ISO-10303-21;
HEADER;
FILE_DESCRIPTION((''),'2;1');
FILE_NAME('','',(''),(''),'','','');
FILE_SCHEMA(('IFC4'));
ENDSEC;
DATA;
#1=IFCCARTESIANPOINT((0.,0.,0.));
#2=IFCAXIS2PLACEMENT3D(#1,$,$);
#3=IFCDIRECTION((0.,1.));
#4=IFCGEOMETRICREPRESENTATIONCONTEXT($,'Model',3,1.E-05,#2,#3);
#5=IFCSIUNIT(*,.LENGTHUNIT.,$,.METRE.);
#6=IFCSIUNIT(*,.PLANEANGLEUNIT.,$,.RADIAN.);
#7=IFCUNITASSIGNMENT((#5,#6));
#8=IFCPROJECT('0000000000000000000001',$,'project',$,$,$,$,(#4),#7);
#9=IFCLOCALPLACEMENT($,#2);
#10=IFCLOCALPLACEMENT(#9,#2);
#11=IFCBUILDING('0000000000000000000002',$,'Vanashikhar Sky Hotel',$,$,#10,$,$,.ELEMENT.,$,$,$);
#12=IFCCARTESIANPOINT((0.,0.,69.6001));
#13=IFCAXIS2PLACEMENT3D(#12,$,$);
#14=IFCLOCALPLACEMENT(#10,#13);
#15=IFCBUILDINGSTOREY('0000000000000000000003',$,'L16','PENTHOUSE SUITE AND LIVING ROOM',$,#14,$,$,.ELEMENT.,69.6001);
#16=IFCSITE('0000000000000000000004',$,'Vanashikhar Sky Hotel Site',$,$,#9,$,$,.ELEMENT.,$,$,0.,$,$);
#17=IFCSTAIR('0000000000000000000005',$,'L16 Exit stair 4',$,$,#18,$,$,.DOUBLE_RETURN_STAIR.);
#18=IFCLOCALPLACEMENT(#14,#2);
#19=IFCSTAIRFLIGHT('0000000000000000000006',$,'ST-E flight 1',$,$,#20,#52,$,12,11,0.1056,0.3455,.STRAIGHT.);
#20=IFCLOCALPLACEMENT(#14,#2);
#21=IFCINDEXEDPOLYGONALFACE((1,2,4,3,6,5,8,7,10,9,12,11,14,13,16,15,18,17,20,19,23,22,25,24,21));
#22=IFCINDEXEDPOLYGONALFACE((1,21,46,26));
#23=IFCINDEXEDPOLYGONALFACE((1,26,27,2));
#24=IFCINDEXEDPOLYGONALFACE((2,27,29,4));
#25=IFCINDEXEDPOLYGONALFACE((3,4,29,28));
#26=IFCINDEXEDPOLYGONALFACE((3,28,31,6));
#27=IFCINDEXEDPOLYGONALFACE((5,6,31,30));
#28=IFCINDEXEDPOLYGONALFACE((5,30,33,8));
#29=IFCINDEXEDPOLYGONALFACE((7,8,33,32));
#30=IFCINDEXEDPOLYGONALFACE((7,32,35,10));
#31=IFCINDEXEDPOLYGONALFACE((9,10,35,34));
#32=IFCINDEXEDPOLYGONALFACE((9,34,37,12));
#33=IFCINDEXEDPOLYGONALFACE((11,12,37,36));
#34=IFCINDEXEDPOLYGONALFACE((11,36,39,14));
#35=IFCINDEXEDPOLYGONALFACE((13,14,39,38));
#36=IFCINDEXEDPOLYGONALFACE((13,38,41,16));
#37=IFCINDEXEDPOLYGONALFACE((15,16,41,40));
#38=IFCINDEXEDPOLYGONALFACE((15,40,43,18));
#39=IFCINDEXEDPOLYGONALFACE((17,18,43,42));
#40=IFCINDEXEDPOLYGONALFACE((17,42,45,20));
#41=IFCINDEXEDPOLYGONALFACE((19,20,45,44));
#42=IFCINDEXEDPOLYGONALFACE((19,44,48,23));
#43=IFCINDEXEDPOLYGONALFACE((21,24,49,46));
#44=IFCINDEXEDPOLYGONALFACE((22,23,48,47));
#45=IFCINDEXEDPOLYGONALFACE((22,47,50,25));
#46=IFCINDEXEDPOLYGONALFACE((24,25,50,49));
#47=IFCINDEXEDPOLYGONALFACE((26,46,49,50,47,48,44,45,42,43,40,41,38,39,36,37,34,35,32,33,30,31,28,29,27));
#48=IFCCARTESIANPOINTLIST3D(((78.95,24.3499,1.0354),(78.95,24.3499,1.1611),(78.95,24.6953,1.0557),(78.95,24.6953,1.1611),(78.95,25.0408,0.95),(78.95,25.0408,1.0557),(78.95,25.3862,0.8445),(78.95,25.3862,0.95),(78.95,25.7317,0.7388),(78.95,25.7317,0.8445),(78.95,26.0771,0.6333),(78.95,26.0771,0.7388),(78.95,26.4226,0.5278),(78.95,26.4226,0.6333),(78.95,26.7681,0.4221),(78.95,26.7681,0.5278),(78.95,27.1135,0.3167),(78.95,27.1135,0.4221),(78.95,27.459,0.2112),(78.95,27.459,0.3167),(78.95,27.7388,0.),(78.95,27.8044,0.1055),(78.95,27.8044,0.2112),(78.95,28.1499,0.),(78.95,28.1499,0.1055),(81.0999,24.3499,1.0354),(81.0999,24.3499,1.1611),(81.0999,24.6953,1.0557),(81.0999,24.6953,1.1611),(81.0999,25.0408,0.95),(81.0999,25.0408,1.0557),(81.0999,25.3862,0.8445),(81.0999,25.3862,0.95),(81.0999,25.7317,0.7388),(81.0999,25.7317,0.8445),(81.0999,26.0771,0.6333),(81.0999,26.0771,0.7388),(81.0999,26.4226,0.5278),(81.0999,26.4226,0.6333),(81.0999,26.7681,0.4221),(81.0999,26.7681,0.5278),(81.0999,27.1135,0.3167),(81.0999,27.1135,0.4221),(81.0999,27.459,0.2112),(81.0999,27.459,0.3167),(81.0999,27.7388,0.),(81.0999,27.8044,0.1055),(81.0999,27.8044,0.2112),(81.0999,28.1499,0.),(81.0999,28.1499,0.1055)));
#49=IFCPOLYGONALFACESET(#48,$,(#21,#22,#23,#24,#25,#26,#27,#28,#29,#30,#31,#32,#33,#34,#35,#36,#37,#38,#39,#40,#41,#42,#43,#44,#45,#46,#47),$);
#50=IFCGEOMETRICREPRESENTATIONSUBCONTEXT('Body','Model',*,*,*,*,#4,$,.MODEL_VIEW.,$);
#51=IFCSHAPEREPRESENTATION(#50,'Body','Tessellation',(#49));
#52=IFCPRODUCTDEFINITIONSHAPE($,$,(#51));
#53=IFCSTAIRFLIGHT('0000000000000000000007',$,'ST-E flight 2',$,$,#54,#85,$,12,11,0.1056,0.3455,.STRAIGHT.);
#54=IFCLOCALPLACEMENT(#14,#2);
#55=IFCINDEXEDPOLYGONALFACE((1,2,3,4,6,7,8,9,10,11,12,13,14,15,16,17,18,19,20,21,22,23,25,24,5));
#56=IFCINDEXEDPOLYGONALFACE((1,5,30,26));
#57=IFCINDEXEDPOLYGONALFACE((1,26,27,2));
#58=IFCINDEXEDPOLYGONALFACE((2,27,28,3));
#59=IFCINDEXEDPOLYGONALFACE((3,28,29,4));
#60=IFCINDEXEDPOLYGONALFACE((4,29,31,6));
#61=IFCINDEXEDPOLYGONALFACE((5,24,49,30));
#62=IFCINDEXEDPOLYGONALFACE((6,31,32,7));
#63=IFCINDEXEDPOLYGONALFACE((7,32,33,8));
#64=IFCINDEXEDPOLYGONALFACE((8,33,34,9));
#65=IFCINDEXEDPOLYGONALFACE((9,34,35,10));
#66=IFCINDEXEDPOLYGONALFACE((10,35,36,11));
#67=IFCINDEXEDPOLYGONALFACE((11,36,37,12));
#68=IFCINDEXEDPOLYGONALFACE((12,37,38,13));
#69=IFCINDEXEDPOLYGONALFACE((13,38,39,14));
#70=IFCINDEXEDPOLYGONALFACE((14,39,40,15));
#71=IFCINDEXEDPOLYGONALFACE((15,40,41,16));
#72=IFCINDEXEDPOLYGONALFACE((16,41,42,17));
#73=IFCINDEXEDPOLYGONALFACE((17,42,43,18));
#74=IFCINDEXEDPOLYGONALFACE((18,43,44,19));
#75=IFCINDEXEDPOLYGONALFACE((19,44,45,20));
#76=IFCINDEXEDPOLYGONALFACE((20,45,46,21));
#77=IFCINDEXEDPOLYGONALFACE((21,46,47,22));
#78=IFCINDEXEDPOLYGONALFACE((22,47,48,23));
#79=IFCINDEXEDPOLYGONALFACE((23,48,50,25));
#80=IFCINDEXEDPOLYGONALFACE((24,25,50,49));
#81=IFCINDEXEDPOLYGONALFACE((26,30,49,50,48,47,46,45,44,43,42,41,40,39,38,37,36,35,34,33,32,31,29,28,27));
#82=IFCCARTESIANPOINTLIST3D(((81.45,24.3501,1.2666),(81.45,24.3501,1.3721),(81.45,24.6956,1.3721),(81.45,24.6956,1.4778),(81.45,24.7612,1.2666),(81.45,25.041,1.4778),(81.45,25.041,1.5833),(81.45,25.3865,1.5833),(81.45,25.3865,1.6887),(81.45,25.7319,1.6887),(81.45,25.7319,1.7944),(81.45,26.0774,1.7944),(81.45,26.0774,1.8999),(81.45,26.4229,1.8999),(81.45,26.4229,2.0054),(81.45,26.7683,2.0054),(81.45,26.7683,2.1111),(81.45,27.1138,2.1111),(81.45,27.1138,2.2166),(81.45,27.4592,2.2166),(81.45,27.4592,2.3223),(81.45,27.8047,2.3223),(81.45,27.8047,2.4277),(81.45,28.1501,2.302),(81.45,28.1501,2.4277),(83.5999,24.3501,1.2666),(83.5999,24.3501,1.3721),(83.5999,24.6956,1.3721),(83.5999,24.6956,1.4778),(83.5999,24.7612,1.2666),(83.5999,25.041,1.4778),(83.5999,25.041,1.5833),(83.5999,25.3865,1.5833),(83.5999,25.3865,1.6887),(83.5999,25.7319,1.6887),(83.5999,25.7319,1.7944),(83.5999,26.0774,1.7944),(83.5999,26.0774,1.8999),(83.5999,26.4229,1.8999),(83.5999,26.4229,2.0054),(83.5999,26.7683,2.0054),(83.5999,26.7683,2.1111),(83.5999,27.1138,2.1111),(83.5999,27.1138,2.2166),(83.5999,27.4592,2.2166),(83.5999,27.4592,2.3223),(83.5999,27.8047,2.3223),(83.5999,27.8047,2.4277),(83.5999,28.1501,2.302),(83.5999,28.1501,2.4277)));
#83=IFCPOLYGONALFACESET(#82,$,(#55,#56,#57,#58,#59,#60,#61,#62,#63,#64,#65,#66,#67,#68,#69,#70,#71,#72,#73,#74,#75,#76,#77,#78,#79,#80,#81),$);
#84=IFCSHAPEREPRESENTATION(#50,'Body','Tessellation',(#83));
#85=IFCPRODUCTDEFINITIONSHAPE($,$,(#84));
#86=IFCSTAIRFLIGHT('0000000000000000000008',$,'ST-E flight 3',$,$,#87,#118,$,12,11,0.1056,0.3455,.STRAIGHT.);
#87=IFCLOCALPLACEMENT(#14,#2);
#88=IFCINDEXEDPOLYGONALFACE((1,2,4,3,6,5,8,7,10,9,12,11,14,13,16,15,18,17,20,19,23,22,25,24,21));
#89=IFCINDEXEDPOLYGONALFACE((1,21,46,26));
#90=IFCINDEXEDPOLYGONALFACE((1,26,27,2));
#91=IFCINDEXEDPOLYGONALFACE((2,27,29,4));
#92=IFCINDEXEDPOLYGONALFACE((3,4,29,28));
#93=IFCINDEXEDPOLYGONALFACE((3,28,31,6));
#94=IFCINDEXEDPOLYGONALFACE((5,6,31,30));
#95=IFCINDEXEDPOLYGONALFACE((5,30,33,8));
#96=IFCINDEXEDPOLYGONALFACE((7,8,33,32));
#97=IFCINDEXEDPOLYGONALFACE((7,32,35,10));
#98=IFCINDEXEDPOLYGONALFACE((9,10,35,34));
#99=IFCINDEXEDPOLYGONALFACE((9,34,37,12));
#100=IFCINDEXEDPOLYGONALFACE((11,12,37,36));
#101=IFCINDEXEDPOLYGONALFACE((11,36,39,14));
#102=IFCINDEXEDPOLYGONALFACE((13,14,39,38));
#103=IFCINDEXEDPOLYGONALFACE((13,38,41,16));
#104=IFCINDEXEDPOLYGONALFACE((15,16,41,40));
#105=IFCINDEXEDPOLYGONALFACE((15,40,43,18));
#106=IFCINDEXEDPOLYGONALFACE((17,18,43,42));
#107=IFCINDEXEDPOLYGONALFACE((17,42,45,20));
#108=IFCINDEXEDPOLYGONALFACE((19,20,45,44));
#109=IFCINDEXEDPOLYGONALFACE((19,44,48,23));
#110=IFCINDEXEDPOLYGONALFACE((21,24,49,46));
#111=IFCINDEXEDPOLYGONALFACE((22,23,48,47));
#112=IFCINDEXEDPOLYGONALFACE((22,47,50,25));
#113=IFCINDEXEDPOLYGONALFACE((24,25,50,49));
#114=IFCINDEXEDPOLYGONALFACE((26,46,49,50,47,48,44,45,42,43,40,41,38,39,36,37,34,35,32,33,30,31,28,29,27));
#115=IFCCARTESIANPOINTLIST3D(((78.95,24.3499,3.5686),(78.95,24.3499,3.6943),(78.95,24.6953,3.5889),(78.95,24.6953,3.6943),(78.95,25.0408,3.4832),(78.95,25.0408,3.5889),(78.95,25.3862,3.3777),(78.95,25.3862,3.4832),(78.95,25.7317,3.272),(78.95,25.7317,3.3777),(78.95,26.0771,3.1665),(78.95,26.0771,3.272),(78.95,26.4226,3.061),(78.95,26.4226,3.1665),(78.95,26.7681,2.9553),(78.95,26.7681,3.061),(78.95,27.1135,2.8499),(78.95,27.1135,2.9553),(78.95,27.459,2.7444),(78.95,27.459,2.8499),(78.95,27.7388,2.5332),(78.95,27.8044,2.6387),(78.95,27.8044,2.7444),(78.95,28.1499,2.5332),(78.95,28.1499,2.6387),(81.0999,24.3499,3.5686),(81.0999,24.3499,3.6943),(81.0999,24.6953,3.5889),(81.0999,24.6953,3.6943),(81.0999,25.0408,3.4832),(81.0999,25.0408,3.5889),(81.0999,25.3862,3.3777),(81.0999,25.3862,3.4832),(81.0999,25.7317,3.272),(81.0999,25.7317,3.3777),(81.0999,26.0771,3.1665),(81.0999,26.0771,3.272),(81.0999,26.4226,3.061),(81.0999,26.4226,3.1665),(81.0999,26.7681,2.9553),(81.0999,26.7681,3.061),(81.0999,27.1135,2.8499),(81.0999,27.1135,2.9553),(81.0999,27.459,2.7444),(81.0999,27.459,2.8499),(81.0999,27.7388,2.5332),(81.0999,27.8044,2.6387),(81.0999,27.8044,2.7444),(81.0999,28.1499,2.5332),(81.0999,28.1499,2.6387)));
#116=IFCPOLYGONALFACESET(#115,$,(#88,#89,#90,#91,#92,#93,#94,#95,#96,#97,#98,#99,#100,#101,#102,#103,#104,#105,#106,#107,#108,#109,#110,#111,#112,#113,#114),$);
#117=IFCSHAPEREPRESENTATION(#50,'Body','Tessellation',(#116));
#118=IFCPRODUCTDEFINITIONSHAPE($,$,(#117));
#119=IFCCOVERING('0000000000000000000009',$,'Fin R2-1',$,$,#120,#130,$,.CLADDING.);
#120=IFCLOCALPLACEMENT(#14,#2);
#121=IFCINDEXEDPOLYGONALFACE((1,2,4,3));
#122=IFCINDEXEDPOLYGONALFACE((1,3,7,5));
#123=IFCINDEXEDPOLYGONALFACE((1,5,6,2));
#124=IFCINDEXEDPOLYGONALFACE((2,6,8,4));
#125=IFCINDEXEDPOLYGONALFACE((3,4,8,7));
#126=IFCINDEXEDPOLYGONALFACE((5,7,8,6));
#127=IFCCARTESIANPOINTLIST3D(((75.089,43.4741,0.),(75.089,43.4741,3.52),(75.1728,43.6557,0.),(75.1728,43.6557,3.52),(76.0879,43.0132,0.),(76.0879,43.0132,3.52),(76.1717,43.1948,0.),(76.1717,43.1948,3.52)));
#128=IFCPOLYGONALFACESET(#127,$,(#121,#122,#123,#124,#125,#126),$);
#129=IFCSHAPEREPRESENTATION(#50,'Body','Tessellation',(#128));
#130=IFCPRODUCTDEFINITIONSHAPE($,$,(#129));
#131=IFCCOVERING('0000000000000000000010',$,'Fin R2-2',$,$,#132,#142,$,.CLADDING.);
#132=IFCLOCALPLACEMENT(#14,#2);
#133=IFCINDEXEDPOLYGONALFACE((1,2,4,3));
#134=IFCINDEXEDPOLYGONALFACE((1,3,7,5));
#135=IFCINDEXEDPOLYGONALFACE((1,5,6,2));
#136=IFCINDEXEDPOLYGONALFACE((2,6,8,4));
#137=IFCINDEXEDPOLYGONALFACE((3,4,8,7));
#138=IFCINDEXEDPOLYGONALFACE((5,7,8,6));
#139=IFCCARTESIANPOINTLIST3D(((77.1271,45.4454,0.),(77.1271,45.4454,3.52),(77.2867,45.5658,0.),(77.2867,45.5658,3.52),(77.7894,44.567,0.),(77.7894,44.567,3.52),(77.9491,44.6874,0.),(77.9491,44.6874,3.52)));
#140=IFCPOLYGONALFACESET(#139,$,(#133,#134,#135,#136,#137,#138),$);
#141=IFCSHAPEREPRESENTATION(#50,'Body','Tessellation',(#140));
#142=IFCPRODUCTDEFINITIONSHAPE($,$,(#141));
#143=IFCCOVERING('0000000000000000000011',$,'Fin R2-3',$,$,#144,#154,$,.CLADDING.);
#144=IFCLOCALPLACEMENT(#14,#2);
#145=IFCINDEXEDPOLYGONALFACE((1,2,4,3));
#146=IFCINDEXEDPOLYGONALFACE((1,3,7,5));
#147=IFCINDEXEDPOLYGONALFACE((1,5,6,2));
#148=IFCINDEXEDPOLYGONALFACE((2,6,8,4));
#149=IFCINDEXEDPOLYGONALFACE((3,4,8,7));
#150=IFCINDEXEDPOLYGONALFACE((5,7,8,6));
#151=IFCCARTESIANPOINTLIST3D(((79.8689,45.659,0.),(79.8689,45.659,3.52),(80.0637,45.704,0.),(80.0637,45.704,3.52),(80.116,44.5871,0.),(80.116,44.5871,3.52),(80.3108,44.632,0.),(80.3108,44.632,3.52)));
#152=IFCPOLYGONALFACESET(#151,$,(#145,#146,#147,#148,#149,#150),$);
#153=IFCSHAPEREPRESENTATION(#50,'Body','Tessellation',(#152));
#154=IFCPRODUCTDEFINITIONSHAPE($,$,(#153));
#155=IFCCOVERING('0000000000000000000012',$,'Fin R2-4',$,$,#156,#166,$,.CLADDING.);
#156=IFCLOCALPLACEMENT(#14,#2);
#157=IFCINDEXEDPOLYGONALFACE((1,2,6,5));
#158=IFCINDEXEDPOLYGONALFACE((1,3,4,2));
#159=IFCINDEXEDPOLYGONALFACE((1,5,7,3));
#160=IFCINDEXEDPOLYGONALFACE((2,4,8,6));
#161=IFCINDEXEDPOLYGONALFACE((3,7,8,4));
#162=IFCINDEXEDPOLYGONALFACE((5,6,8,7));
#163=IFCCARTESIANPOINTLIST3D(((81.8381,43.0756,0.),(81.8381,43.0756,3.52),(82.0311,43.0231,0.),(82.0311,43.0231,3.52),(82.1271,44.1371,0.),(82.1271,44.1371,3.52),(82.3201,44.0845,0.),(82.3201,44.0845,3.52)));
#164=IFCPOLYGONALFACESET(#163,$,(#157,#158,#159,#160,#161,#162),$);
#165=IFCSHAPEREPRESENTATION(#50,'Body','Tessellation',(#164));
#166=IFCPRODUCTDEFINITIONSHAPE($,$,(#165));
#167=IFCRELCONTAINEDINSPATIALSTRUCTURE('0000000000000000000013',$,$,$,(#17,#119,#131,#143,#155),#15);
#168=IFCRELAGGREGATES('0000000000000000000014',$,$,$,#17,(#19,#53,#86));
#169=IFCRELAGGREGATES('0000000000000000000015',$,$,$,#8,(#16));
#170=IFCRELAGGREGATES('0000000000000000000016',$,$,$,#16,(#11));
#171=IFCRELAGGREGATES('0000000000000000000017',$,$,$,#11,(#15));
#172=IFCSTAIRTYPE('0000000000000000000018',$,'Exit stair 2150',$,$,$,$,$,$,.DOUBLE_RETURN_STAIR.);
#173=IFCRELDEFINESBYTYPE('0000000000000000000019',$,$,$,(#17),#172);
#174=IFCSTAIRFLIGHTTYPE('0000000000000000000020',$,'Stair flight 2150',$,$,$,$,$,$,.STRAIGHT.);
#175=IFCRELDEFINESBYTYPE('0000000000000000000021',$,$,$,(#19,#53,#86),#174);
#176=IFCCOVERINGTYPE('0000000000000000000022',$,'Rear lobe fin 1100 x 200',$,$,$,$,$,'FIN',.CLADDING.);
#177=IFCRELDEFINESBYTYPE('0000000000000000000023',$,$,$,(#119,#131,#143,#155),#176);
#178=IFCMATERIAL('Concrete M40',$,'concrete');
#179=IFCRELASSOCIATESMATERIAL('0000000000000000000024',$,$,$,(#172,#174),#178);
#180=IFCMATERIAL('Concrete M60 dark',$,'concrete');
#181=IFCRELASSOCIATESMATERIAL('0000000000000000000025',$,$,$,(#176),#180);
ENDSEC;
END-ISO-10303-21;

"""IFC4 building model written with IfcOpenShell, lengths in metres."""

from ifc_helpers import new_model, si_unit, direction, frame, origin, origin_2d, place, context, subcontext, project, spatial, polyline, rectangle, outline, extrude, source, transform, mapped, material, material_profile, profile_set, type_object, element, aggregate, save


model = new_model("IFC4")

# Units and contexts
model_context = context("Model", 3, precision=1e-05, world=origin(), true_north=direction((0.0, 1.0)))
body_context = subcontext(model_context, "Body", "Model", "MODEL_VIEW")
ifc_project = project(units=[si_unit("LENGTHUNIT", "METRE"), si_unit("PLANEANGLEUNIT", "RADIAN")], contexts=[model_context])

# Site, building, storey
site_placement = place(None, origin())
site = spatial("IfcSite", under=ifc_project, at=site_placement, Name="Vanashikhar Sky Hotel Site", CompositionType="ELEMENT", RefElevation=0.0)
building_placement = place(site_placement, origin())
building = spatial("IfcBuilding", under=site, at=building_placement, Name="Vanashikhar Sky Hotel", CompositionType="ELEMENT")
storey_placement = place(building_placement, frame((0.0, 0.0, 69.6001)))
storey = spatial("IfcBuildingStorey", under=building, at=storey_placement, Name="L16", Description="PENTHOUSE SUITE AND LIVING ROOM", CompositionType="ELEMENT", Elevation=69.6001)

# Stair, stair flights
ifc_material_1 = material(Name="Concrete M40", Category="concrete")
stair_type = type_object("IfcStairType", Name="Exit stair 2150", PredefinedType="DOUBLE_RETURN_STAIR", material=ifc_material_1)
stair_placement = place(storey_placement, origin())
stair = element("IfcStair", 1, at=stair_placement, inside=storey, type_object=stair_type, Name="L16 Exit stair 4", PredefinedType="DOUBLE_RETURN_STAIR")
stair_flight_type = type_object("IfcStairFlightType", Name="Stair flight 2150", PredefinedType="STRAIGHT", material=ifc_material_1)
shared_shape_1 = source(origin(), body_context, "Body", "SweptSolid", [
    extrude(outline(polyline([(0.0, 0.0), (0.0, 0.1055), (0.3455, 0.1055), (0.3455, 0.2112), (0.6909, 0.2112), (0.6909, 0.3167), (1.0364, 0.3167), (1.0364, 0.4221), (1.3818, 0.4221), (1.3818, 0.5278), (1.7273, 0.5278), (1.7273, 0.6333), (2.0728, 0.6333), (2.0728, 0.7388), (2.4182, 0.7388), (2.4182, 0.8445), (2.7637, 0.8445), (2.7637, 0.95), (3.1091, 0.95), (3.1091, 1.0557), (3.4546, 1.0557), (3.4546, 1.1611), (3.8, 1.1611), (3.8, 1.2666), (3.8, 1.0354), (0.4111, 0.0), (0.0, 0.0)])), frame((0.0, 1.075, 0.0), z_axis=(0.0, -1.0, 0.0), x_axis=(1.0, 0.0, 0.0)), (0.0, 0.0, 1.0), 2.1499),
])
stair_flight_1_placement = place(storey_placement, frame((80.0249, 28.1499, 0.0), z_axis=(0.0, 0.0, 1.0), x_axis=(0.0, -1.0, 0.0)))
stair_flight_1 = element("IfcStairFlight", 2, at=stair_flight_1_placement, type_object=stair_flight_type, Name="ST-E flight 1", NumberOfRisers=12, NumberOfTreads=11, PredefinedType="STRAIGHT", RiserHeight=0.1056, TreadLength=0.3455, context=body_context, shape_type="MappedRepresentation", body=[
    mapped(shared_shape_1, transform((0.0, 0.0, 0.0), scale=1.0)),
])
stair_flight_2_placement = place(storey_placement, frame((82.5249, 24.3501, 1.2666), z_axis=(0.0, 0.0, 1.0), x_axis=(0.0, 1.0, 0.0)))
stair_flight_2 = element("IfcStairFlight", 3, at=stair_flight_2_placement, type_object=stair_flight_type, Name="ST-E flight 2", NumberOfRisers=12, NumberOfTreads=11, PredefinedType="STRAIGHT", RiserHeight=0.1056, TreadLength=0.3455, context=body_context, shape_type="MappedRepresentation", body=[
    mapped(shared_shape_1, transform((0.0, 0.0, 0.0), scale=1.0)),
])
stair_flight_3_placement = place(storey_placement, frame((80.0249, 28.1499, 2.5332), z_axis=(0.0, 0.0, 1.0), x_axis=(0.0, -1.0, 0.0)))
stair_flight_3 = element("IfcStairFlight", 4, at=stair_flight_3_placement, type_object=stair_flight_type, Name="ST-E flight 3", NumberOfRisers=12, NumberOfTreads=11, PredefinedType="STRAIGHT", RiserHeight=0.1056, TreadLength=0.3455, context=body_context, shape_type="MappedRepresentation", body=[
    mapped(shared_shape_1, transform((0.0, 0.0, 0.0), scale=1.0)),
])
aggregate(stair, [stair_flight_1, stair_flight_2, stair_flight_3])

# Coverings
ifc_material_2 = material(Name="Concrete M60 dark", Category="concrete")
ifc_material_profile_1 = material_profile(ifc_material_2, rectangle(XDim=1.1001, YDim=0.2, at=origin_2d()))
ifc_profile_set_1 = profile_set([ifc_material_profile_1], Name="Rear lobe fin 1100 x 200")
covering_type = type_object("IfcCoveringType", Name="Rear lobe fin 1100 x 200", ElementType="FIN", PredefinedType="CLADDING", material=ifc_profile_set_1)
shared_shape_2 = source(origin(), body_context, "Body", "SweptSolid", [
    extrude(rectangle(XDim=1.1001, YDim=0.2, at=origin_2d()), origin(), (0.0, 0.0, 1.0), 3.52),
])
for number, where, z_axis, x_axis, name in (
    (5, (75.6304, 43.3345, 0.0), (0.0, 0.0, 1.0), (-0.908004, 0.418961, 0.0), "Fin R2-1"),
    (6, (77.5381, 45.0664, 0.0), (0.0, 0.0, 1.0), (-0.602066, 0.798446, 0.0), "Fin R2-2"),
    (7, (80.0898, 45.1455, 0.0), (0.0, 0.0, 1.0), (-0.224645, 0.974441, 0.0), "Fin R2-3"),
    (8, (82.0791, 43.5801, 0.0), (0.0, 0.0, 1.0), (0.262711, 0.964874, 0.0), "Fin R2-4"),
):
    element("IfcCovering", number, at=place(storey_placement, frame(where, z_axis=z_axis, x_axis=x_axis)), inside=storey, type_object=covering_type, Name=name, PredefinedType="CLADDING", context=body_context, shape_type="MappedRepresentation", body=[
        mapped(shared_shape_2, transform((0.0, 0.0, 0.0), scale=1.0)),
    ])

save(model, "model.ifc")
